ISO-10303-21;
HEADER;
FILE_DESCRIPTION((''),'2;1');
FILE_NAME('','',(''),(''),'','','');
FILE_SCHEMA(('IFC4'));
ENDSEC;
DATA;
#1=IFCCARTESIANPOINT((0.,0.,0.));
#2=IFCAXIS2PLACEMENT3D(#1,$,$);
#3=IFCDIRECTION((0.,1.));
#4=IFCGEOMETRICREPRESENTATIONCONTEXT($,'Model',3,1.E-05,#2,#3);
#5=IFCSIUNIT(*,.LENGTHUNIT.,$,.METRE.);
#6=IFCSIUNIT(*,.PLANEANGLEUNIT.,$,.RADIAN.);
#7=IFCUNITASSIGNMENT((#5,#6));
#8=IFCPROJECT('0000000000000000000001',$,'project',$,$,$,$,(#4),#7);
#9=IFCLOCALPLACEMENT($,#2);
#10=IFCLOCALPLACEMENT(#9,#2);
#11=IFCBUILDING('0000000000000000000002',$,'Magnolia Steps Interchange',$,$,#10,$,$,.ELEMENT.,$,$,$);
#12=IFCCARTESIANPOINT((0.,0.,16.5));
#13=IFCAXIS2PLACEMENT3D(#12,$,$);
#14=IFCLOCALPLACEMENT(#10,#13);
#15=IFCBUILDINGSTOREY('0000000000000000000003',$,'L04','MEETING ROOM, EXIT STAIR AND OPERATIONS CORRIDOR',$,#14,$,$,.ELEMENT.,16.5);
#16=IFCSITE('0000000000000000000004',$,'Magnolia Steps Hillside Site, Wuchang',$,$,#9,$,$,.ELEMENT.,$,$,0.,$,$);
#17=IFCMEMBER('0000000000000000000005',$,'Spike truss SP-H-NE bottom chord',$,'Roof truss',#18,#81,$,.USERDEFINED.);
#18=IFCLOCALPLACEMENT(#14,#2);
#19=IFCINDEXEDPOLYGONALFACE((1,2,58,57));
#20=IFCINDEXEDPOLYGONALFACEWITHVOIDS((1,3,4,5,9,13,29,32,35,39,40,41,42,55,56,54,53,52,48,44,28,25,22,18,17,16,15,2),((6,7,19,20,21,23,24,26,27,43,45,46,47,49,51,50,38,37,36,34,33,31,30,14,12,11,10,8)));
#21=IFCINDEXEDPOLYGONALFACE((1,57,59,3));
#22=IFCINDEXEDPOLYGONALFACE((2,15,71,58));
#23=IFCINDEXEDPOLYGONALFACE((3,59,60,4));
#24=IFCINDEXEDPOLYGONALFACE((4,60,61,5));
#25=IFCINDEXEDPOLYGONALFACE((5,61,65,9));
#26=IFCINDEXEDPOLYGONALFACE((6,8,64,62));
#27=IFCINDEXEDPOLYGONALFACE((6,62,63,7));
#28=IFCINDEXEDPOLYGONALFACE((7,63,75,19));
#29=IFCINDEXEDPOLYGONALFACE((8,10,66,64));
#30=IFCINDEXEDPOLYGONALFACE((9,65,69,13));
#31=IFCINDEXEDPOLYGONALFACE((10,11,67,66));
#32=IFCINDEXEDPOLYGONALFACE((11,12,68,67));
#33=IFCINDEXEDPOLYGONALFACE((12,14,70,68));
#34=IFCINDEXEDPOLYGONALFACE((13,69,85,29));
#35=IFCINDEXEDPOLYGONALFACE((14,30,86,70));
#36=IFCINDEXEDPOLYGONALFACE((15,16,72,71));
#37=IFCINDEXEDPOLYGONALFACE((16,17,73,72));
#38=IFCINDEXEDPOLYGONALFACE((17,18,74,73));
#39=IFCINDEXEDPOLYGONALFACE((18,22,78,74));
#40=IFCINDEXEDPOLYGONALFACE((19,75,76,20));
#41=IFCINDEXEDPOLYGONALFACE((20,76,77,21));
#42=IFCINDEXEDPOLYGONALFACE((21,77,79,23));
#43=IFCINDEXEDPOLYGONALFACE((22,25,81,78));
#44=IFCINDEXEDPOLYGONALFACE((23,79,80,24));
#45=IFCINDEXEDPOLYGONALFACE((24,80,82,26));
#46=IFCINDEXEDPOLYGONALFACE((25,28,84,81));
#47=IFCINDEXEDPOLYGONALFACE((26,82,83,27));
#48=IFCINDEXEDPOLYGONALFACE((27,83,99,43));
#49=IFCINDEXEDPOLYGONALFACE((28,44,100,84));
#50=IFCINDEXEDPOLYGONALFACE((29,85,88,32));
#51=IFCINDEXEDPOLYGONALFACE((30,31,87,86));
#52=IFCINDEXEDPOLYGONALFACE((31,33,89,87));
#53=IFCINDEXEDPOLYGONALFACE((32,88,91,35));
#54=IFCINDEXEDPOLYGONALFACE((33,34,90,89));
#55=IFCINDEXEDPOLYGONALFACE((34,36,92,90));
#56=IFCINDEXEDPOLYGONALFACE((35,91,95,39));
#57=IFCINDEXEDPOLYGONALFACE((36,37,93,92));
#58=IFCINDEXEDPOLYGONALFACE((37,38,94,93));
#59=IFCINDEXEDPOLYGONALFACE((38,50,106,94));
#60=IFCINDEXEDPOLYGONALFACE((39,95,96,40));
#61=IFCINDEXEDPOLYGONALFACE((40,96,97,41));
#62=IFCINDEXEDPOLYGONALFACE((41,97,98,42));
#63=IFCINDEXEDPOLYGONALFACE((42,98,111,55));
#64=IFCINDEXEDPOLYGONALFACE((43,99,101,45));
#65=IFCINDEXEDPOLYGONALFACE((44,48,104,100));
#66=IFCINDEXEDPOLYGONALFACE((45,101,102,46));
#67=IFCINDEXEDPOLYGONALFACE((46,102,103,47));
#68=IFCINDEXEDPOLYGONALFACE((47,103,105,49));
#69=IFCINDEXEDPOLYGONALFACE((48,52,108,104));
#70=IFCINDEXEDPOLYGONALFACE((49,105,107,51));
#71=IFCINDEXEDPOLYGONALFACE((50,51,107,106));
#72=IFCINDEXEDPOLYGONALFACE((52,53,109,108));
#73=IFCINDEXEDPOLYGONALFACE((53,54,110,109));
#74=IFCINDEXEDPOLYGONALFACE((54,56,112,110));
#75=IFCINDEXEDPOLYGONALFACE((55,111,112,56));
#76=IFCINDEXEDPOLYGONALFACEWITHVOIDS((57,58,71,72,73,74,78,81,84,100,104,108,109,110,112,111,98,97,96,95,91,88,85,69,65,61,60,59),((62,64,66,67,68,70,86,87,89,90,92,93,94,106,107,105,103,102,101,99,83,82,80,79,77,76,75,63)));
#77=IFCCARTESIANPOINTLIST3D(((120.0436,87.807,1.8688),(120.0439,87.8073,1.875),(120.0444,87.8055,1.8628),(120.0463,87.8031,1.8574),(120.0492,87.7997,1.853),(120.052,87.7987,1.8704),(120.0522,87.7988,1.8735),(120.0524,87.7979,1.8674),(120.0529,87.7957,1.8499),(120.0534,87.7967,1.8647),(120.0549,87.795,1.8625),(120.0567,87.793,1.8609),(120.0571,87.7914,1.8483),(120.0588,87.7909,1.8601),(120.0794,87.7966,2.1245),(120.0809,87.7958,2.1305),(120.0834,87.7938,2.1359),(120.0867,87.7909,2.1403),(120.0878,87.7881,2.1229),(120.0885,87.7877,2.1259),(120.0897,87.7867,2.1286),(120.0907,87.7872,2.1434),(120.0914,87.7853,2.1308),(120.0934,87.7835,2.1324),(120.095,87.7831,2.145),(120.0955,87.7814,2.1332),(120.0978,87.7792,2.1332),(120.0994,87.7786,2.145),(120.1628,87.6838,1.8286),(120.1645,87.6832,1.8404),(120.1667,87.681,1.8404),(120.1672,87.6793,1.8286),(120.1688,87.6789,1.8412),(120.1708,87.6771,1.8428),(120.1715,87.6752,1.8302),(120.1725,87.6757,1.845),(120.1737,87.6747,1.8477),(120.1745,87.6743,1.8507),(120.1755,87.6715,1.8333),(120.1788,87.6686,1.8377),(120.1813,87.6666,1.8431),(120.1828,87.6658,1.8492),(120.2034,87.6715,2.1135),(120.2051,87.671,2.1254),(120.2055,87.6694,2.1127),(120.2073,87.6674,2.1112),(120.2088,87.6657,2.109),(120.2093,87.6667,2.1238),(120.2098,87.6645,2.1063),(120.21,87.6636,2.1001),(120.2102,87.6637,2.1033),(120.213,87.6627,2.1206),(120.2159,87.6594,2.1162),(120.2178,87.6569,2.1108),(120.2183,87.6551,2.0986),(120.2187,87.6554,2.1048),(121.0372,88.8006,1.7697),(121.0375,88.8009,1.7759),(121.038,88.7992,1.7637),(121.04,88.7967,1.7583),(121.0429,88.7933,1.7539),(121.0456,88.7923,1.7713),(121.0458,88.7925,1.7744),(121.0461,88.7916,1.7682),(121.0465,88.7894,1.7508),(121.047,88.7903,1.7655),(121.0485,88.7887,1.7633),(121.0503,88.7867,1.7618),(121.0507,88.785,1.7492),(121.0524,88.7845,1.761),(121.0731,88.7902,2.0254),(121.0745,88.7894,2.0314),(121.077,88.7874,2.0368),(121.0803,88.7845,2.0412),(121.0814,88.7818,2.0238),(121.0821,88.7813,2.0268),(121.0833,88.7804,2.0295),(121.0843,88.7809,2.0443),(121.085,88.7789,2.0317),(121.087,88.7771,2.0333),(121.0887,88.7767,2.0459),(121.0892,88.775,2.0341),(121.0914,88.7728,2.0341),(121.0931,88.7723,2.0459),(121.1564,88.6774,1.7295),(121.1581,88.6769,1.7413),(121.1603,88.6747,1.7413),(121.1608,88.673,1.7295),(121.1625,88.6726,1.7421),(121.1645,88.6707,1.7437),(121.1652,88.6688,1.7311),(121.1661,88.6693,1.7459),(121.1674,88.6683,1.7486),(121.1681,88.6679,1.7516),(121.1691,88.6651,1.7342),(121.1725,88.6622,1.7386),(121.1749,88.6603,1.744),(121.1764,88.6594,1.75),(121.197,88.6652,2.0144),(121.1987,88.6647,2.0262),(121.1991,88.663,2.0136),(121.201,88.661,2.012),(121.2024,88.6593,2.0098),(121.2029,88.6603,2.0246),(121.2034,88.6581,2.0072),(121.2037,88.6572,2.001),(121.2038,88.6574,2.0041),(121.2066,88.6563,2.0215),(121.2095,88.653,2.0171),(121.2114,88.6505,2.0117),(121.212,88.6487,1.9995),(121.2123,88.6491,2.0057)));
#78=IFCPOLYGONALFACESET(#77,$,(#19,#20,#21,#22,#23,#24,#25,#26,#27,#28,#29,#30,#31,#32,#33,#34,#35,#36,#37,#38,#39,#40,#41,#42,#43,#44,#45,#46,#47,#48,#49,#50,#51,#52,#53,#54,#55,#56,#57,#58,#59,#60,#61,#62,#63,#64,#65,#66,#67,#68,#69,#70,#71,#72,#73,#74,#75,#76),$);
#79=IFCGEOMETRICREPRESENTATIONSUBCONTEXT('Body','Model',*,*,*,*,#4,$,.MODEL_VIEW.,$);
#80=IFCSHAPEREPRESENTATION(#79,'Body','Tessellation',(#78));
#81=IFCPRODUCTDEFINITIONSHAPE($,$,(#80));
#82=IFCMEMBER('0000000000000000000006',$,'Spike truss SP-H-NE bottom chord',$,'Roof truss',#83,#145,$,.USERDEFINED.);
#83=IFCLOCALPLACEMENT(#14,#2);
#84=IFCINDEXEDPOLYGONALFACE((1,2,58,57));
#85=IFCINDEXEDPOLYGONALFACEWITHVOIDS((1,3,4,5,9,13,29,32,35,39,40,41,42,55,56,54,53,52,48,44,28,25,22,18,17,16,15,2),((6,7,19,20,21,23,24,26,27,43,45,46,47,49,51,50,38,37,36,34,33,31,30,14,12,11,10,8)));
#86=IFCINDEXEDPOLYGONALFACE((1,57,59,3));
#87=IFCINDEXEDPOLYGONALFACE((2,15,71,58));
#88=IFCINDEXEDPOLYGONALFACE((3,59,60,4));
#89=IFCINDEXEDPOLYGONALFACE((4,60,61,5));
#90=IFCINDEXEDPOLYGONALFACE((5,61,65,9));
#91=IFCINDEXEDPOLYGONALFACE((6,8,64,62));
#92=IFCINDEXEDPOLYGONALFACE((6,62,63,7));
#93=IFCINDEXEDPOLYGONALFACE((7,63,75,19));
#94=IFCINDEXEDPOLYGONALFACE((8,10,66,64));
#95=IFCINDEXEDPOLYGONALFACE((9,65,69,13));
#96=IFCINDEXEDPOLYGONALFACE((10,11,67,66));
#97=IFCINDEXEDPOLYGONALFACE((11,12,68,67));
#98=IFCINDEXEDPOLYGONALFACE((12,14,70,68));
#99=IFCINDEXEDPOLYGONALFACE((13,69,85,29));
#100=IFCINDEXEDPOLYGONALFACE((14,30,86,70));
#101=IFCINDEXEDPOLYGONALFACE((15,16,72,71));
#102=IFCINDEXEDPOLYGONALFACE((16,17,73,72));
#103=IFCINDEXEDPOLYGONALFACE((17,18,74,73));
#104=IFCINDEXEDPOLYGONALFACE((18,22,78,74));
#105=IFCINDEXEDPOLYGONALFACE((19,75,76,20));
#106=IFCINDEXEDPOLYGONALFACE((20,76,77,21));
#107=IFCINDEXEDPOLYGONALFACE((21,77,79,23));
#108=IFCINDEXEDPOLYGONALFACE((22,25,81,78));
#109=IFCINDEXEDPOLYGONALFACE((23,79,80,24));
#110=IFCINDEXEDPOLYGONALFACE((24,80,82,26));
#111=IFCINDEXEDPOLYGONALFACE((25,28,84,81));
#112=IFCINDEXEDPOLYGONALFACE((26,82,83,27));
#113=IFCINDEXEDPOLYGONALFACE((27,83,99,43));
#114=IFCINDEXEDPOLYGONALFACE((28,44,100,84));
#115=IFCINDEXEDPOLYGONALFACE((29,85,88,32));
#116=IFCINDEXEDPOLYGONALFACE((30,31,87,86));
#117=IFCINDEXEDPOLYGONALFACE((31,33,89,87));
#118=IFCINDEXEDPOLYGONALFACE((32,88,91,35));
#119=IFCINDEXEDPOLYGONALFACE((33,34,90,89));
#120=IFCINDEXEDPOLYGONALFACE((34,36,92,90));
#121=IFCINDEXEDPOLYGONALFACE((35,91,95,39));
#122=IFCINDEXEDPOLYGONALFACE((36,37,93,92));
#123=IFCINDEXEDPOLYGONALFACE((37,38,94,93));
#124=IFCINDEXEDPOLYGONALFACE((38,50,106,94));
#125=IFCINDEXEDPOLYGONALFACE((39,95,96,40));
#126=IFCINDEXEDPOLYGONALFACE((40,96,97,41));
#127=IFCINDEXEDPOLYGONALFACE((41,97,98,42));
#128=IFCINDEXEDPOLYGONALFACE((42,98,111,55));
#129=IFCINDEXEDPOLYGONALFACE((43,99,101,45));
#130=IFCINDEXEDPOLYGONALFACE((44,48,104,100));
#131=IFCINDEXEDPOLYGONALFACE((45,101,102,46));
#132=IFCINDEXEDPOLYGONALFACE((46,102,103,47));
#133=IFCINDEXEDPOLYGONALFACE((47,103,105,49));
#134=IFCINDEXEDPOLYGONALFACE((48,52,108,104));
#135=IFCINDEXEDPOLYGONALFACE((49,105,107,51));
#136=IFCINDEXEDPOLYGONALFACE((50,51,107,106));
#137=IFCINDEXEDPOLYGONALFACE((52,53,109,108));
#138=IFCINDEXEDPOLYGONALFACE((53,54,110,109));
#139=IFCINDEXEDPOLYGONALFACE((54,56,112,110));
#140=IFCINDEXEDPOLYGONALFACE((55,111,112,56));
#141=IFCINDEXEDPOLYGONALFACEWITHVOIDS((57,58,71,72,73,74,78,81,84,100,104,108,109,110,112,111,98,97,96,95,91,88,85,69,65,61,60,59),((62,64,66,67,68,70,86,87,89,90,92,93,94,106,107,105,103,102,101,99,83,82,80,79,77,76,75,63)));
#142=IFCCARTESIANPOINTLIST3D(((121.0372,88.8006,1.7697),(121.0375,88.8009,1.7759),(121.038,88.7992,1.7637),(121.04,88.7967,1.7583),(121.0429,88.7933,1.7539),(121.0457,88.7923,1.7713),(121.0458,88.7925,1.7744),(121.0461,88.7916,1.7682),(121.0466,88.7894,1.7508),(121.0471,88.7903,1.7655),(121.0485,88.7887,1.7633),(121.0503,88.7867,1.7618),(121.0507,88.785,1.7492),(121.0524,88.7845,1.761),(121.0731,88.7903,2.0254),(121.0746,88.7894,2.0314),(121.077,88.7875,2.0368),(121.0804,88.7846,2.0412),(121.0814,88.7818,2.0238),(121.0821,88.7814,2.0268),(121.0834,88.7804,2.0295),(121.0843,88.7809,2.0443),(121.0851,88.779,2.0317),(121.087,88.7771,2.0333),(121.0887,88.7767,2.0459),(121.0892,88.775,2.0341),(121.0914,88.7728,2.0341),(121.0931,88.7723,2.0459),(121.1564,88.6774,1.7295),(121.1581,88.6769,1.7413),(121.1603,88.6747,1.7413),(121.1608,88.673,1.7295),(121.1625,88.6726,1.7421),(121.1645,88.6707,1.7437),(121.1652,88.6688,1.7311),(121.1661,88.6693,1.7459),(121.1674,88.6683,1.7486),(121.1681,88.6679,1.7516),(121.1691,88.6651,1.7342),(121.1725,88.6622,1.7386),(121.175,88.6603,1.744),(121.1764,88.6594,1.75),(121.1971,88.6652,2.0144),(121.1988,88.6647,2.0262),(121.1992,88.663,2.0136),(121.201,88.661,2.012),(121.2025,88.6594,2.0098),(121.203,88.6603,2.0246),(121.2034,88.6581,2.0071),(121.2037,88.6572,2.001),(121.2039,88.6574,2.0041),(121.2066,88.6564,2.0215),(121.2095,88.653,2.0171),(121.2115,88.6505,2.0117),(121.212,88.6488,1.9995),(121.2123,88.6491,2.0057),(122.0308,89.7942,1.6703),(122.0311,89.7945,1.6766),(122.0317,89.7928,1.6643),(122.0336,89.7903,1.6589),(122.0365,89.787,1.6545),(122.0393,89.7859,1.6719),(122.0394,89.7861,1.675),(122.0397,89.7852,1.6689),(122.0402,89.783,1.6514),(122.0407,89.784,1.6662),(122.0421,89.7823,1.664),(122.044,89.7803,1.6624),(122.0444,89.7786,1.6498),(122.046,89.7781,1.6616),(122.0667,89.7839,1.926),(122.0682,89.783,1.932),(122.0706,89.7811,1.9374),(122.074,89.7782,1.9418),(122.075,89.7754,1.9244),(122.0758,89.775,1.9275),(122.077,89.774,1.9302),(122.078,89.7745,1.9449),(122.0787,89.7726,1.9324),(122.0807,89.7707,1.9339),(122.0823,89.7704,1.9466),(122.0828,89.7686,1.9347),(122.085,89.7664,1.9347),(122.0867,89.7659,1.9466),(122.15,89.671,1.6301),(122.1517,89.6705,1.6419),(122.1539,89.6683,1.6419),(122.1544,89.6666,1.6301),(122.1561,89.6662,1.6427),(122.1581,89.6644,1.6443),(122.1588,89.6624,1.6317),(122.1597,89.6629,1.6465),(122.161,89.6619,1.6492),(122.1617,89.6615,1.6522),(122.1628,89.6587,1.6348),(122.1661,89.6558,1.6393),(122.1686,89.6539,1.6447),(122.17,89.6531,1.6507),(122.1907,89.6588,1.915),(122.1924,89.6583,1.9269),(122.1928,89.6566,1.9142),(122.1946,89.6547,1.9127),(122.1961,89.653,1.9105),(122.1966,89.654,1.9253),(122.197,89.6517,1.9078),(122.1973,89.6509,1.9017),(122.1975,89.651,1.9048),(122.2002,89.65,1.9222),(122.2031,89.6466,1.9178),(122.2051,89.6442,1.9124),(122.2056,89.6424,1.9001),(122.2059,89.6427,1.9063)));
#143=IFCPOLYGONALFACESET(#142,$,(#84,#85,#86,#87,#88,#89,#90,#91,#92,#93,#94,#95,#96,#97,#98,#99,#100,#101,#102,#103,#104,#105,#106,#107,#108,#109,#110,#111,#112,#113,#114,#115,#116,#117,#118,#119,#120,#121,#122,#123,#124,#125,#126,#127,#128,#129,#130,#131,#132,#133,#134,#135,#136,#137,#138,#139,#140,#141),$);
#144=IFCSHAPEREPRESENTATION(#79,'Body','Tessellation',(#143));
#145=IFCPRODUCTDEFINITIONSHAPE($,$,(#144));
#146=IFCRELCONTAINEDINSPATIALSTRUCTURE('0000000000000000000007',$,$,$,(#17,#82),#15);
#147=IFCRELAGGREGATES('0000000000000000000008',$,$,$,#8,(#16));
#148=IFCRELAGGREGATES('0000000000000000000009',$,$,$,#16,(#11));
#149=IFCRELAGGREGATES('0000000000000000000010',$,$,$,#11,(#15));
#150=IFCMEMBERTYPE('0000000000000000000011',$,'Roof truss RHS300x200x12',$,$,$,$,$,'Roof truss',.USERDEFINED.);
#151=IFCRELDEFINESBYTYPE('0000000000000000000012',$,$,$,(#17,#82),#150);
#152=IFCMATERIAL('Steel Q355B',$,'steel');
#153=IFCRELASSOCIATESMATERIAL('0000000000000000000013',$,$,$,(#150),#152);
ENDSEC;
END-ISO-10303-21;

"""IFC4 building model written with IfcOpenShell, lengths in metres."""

from ifc_helpers import new_model, si_unit, direction, frame, origin, origin_2d, place, context, subcontext, project, spatial, hollow_rectangle, extrude, material, material_profile, profile_set, type_object, element, save


model = new_model("IFC4")

# Units and contexts
model_context = context("Model", 3, precision=1e-05, world=origin(), true_north=direction((0.0, 1.0)))
body_context = subcontext(model_context, "Body", "Model", "MODEL_VIEW")
ifc_project = project(units=[si_unit("LENGTHUNIT", "METRE"), si_unit("PLANEANGLEUNIT", "RADIAN")], contexts=[model_context])

# Site, building, storey
site_placement = place(None, origin())
site = spatial("IfcSite", under=ifc_project, at=site_placement, Name="Magnolia Steps Hillside Site, Wuchang", CompositionType="ELEMENT", RefElevation=0.0)
building_placement = place(site_placement, origin())
building = spatial("IfcBuilding", under=site, at=building_placement, Name="Magnolia Steps Interchange", CompositionType="ELEMENT")
storey_placement = place(building_placement, frame((0.0, 0.0, 16.5)))
storey = spatial("IfcBuildingStorey", under=building, at=storey_placement, Name="L04", Description="MEETING ROOM, EXIT STAIR AND OPERATIONS CORRIDOR", CompositionType="ELEMENT", Elevation=16.5)

# Members
ifc_material_1 = material(Name="Steel Q355B", Category="steel")
ifc_material_profile_1 = material_profile(ifc_material_1, hollow_rectangle(XDim=0.2, YDim=0.3, WallThickness=0.012, InnerFilletRadius=0.012, OuterFilletRadius=0.0239, at=origin_2d()), Name="RHS300x200x12")
ifc_profile_set_1 = profile_set([ifc_material_profile_1], Name="Steel Q355B")
member_type_1 = type_object("IfcMemberType", Name="Roof truss RHS300x200x12", ElementType="Roof truss", PredefinedType="USERDEFINED", material=ifc_profile_set_1)
for number, where, z_axis, x_axis, name in (
    (1, (120.1311, 87.7312, 1.9868), (0.705354, 0.705354, -0.070362), (-0.694672, 0.707584, 0.129439), "Spike truss SP-H-NE bottom chord"),
    (2, (121.1248, 88.7249, 1.8877), (0.705346, 0.705346, -0.070535), (-0.694657, 0.7076, 0.129438), "Spike truss SP-H-NE bottom chord"),
):
    element("IfcMember", number, at=place(storey_placement, frame(where, z_axis=z_axis, x_axis=x_axis)), inside=storey, type_object=member_type_1, Name=name, ObjectType="Roof truss", PredefinedType="USERDEFINED", context=body_context, shape_type="SweptSolid", body=[
        extrude(hollow_rectangle(XDim=0.2, YDim=0.3, WallThickness=0.012, InnerFilletRadius=0.012, OuterFilletRadius=0.0239, at=origin_2d()), origin(), (0.0, 0.0, 1.0), 1.4087),
    ])

save(model, "model.ifc")
